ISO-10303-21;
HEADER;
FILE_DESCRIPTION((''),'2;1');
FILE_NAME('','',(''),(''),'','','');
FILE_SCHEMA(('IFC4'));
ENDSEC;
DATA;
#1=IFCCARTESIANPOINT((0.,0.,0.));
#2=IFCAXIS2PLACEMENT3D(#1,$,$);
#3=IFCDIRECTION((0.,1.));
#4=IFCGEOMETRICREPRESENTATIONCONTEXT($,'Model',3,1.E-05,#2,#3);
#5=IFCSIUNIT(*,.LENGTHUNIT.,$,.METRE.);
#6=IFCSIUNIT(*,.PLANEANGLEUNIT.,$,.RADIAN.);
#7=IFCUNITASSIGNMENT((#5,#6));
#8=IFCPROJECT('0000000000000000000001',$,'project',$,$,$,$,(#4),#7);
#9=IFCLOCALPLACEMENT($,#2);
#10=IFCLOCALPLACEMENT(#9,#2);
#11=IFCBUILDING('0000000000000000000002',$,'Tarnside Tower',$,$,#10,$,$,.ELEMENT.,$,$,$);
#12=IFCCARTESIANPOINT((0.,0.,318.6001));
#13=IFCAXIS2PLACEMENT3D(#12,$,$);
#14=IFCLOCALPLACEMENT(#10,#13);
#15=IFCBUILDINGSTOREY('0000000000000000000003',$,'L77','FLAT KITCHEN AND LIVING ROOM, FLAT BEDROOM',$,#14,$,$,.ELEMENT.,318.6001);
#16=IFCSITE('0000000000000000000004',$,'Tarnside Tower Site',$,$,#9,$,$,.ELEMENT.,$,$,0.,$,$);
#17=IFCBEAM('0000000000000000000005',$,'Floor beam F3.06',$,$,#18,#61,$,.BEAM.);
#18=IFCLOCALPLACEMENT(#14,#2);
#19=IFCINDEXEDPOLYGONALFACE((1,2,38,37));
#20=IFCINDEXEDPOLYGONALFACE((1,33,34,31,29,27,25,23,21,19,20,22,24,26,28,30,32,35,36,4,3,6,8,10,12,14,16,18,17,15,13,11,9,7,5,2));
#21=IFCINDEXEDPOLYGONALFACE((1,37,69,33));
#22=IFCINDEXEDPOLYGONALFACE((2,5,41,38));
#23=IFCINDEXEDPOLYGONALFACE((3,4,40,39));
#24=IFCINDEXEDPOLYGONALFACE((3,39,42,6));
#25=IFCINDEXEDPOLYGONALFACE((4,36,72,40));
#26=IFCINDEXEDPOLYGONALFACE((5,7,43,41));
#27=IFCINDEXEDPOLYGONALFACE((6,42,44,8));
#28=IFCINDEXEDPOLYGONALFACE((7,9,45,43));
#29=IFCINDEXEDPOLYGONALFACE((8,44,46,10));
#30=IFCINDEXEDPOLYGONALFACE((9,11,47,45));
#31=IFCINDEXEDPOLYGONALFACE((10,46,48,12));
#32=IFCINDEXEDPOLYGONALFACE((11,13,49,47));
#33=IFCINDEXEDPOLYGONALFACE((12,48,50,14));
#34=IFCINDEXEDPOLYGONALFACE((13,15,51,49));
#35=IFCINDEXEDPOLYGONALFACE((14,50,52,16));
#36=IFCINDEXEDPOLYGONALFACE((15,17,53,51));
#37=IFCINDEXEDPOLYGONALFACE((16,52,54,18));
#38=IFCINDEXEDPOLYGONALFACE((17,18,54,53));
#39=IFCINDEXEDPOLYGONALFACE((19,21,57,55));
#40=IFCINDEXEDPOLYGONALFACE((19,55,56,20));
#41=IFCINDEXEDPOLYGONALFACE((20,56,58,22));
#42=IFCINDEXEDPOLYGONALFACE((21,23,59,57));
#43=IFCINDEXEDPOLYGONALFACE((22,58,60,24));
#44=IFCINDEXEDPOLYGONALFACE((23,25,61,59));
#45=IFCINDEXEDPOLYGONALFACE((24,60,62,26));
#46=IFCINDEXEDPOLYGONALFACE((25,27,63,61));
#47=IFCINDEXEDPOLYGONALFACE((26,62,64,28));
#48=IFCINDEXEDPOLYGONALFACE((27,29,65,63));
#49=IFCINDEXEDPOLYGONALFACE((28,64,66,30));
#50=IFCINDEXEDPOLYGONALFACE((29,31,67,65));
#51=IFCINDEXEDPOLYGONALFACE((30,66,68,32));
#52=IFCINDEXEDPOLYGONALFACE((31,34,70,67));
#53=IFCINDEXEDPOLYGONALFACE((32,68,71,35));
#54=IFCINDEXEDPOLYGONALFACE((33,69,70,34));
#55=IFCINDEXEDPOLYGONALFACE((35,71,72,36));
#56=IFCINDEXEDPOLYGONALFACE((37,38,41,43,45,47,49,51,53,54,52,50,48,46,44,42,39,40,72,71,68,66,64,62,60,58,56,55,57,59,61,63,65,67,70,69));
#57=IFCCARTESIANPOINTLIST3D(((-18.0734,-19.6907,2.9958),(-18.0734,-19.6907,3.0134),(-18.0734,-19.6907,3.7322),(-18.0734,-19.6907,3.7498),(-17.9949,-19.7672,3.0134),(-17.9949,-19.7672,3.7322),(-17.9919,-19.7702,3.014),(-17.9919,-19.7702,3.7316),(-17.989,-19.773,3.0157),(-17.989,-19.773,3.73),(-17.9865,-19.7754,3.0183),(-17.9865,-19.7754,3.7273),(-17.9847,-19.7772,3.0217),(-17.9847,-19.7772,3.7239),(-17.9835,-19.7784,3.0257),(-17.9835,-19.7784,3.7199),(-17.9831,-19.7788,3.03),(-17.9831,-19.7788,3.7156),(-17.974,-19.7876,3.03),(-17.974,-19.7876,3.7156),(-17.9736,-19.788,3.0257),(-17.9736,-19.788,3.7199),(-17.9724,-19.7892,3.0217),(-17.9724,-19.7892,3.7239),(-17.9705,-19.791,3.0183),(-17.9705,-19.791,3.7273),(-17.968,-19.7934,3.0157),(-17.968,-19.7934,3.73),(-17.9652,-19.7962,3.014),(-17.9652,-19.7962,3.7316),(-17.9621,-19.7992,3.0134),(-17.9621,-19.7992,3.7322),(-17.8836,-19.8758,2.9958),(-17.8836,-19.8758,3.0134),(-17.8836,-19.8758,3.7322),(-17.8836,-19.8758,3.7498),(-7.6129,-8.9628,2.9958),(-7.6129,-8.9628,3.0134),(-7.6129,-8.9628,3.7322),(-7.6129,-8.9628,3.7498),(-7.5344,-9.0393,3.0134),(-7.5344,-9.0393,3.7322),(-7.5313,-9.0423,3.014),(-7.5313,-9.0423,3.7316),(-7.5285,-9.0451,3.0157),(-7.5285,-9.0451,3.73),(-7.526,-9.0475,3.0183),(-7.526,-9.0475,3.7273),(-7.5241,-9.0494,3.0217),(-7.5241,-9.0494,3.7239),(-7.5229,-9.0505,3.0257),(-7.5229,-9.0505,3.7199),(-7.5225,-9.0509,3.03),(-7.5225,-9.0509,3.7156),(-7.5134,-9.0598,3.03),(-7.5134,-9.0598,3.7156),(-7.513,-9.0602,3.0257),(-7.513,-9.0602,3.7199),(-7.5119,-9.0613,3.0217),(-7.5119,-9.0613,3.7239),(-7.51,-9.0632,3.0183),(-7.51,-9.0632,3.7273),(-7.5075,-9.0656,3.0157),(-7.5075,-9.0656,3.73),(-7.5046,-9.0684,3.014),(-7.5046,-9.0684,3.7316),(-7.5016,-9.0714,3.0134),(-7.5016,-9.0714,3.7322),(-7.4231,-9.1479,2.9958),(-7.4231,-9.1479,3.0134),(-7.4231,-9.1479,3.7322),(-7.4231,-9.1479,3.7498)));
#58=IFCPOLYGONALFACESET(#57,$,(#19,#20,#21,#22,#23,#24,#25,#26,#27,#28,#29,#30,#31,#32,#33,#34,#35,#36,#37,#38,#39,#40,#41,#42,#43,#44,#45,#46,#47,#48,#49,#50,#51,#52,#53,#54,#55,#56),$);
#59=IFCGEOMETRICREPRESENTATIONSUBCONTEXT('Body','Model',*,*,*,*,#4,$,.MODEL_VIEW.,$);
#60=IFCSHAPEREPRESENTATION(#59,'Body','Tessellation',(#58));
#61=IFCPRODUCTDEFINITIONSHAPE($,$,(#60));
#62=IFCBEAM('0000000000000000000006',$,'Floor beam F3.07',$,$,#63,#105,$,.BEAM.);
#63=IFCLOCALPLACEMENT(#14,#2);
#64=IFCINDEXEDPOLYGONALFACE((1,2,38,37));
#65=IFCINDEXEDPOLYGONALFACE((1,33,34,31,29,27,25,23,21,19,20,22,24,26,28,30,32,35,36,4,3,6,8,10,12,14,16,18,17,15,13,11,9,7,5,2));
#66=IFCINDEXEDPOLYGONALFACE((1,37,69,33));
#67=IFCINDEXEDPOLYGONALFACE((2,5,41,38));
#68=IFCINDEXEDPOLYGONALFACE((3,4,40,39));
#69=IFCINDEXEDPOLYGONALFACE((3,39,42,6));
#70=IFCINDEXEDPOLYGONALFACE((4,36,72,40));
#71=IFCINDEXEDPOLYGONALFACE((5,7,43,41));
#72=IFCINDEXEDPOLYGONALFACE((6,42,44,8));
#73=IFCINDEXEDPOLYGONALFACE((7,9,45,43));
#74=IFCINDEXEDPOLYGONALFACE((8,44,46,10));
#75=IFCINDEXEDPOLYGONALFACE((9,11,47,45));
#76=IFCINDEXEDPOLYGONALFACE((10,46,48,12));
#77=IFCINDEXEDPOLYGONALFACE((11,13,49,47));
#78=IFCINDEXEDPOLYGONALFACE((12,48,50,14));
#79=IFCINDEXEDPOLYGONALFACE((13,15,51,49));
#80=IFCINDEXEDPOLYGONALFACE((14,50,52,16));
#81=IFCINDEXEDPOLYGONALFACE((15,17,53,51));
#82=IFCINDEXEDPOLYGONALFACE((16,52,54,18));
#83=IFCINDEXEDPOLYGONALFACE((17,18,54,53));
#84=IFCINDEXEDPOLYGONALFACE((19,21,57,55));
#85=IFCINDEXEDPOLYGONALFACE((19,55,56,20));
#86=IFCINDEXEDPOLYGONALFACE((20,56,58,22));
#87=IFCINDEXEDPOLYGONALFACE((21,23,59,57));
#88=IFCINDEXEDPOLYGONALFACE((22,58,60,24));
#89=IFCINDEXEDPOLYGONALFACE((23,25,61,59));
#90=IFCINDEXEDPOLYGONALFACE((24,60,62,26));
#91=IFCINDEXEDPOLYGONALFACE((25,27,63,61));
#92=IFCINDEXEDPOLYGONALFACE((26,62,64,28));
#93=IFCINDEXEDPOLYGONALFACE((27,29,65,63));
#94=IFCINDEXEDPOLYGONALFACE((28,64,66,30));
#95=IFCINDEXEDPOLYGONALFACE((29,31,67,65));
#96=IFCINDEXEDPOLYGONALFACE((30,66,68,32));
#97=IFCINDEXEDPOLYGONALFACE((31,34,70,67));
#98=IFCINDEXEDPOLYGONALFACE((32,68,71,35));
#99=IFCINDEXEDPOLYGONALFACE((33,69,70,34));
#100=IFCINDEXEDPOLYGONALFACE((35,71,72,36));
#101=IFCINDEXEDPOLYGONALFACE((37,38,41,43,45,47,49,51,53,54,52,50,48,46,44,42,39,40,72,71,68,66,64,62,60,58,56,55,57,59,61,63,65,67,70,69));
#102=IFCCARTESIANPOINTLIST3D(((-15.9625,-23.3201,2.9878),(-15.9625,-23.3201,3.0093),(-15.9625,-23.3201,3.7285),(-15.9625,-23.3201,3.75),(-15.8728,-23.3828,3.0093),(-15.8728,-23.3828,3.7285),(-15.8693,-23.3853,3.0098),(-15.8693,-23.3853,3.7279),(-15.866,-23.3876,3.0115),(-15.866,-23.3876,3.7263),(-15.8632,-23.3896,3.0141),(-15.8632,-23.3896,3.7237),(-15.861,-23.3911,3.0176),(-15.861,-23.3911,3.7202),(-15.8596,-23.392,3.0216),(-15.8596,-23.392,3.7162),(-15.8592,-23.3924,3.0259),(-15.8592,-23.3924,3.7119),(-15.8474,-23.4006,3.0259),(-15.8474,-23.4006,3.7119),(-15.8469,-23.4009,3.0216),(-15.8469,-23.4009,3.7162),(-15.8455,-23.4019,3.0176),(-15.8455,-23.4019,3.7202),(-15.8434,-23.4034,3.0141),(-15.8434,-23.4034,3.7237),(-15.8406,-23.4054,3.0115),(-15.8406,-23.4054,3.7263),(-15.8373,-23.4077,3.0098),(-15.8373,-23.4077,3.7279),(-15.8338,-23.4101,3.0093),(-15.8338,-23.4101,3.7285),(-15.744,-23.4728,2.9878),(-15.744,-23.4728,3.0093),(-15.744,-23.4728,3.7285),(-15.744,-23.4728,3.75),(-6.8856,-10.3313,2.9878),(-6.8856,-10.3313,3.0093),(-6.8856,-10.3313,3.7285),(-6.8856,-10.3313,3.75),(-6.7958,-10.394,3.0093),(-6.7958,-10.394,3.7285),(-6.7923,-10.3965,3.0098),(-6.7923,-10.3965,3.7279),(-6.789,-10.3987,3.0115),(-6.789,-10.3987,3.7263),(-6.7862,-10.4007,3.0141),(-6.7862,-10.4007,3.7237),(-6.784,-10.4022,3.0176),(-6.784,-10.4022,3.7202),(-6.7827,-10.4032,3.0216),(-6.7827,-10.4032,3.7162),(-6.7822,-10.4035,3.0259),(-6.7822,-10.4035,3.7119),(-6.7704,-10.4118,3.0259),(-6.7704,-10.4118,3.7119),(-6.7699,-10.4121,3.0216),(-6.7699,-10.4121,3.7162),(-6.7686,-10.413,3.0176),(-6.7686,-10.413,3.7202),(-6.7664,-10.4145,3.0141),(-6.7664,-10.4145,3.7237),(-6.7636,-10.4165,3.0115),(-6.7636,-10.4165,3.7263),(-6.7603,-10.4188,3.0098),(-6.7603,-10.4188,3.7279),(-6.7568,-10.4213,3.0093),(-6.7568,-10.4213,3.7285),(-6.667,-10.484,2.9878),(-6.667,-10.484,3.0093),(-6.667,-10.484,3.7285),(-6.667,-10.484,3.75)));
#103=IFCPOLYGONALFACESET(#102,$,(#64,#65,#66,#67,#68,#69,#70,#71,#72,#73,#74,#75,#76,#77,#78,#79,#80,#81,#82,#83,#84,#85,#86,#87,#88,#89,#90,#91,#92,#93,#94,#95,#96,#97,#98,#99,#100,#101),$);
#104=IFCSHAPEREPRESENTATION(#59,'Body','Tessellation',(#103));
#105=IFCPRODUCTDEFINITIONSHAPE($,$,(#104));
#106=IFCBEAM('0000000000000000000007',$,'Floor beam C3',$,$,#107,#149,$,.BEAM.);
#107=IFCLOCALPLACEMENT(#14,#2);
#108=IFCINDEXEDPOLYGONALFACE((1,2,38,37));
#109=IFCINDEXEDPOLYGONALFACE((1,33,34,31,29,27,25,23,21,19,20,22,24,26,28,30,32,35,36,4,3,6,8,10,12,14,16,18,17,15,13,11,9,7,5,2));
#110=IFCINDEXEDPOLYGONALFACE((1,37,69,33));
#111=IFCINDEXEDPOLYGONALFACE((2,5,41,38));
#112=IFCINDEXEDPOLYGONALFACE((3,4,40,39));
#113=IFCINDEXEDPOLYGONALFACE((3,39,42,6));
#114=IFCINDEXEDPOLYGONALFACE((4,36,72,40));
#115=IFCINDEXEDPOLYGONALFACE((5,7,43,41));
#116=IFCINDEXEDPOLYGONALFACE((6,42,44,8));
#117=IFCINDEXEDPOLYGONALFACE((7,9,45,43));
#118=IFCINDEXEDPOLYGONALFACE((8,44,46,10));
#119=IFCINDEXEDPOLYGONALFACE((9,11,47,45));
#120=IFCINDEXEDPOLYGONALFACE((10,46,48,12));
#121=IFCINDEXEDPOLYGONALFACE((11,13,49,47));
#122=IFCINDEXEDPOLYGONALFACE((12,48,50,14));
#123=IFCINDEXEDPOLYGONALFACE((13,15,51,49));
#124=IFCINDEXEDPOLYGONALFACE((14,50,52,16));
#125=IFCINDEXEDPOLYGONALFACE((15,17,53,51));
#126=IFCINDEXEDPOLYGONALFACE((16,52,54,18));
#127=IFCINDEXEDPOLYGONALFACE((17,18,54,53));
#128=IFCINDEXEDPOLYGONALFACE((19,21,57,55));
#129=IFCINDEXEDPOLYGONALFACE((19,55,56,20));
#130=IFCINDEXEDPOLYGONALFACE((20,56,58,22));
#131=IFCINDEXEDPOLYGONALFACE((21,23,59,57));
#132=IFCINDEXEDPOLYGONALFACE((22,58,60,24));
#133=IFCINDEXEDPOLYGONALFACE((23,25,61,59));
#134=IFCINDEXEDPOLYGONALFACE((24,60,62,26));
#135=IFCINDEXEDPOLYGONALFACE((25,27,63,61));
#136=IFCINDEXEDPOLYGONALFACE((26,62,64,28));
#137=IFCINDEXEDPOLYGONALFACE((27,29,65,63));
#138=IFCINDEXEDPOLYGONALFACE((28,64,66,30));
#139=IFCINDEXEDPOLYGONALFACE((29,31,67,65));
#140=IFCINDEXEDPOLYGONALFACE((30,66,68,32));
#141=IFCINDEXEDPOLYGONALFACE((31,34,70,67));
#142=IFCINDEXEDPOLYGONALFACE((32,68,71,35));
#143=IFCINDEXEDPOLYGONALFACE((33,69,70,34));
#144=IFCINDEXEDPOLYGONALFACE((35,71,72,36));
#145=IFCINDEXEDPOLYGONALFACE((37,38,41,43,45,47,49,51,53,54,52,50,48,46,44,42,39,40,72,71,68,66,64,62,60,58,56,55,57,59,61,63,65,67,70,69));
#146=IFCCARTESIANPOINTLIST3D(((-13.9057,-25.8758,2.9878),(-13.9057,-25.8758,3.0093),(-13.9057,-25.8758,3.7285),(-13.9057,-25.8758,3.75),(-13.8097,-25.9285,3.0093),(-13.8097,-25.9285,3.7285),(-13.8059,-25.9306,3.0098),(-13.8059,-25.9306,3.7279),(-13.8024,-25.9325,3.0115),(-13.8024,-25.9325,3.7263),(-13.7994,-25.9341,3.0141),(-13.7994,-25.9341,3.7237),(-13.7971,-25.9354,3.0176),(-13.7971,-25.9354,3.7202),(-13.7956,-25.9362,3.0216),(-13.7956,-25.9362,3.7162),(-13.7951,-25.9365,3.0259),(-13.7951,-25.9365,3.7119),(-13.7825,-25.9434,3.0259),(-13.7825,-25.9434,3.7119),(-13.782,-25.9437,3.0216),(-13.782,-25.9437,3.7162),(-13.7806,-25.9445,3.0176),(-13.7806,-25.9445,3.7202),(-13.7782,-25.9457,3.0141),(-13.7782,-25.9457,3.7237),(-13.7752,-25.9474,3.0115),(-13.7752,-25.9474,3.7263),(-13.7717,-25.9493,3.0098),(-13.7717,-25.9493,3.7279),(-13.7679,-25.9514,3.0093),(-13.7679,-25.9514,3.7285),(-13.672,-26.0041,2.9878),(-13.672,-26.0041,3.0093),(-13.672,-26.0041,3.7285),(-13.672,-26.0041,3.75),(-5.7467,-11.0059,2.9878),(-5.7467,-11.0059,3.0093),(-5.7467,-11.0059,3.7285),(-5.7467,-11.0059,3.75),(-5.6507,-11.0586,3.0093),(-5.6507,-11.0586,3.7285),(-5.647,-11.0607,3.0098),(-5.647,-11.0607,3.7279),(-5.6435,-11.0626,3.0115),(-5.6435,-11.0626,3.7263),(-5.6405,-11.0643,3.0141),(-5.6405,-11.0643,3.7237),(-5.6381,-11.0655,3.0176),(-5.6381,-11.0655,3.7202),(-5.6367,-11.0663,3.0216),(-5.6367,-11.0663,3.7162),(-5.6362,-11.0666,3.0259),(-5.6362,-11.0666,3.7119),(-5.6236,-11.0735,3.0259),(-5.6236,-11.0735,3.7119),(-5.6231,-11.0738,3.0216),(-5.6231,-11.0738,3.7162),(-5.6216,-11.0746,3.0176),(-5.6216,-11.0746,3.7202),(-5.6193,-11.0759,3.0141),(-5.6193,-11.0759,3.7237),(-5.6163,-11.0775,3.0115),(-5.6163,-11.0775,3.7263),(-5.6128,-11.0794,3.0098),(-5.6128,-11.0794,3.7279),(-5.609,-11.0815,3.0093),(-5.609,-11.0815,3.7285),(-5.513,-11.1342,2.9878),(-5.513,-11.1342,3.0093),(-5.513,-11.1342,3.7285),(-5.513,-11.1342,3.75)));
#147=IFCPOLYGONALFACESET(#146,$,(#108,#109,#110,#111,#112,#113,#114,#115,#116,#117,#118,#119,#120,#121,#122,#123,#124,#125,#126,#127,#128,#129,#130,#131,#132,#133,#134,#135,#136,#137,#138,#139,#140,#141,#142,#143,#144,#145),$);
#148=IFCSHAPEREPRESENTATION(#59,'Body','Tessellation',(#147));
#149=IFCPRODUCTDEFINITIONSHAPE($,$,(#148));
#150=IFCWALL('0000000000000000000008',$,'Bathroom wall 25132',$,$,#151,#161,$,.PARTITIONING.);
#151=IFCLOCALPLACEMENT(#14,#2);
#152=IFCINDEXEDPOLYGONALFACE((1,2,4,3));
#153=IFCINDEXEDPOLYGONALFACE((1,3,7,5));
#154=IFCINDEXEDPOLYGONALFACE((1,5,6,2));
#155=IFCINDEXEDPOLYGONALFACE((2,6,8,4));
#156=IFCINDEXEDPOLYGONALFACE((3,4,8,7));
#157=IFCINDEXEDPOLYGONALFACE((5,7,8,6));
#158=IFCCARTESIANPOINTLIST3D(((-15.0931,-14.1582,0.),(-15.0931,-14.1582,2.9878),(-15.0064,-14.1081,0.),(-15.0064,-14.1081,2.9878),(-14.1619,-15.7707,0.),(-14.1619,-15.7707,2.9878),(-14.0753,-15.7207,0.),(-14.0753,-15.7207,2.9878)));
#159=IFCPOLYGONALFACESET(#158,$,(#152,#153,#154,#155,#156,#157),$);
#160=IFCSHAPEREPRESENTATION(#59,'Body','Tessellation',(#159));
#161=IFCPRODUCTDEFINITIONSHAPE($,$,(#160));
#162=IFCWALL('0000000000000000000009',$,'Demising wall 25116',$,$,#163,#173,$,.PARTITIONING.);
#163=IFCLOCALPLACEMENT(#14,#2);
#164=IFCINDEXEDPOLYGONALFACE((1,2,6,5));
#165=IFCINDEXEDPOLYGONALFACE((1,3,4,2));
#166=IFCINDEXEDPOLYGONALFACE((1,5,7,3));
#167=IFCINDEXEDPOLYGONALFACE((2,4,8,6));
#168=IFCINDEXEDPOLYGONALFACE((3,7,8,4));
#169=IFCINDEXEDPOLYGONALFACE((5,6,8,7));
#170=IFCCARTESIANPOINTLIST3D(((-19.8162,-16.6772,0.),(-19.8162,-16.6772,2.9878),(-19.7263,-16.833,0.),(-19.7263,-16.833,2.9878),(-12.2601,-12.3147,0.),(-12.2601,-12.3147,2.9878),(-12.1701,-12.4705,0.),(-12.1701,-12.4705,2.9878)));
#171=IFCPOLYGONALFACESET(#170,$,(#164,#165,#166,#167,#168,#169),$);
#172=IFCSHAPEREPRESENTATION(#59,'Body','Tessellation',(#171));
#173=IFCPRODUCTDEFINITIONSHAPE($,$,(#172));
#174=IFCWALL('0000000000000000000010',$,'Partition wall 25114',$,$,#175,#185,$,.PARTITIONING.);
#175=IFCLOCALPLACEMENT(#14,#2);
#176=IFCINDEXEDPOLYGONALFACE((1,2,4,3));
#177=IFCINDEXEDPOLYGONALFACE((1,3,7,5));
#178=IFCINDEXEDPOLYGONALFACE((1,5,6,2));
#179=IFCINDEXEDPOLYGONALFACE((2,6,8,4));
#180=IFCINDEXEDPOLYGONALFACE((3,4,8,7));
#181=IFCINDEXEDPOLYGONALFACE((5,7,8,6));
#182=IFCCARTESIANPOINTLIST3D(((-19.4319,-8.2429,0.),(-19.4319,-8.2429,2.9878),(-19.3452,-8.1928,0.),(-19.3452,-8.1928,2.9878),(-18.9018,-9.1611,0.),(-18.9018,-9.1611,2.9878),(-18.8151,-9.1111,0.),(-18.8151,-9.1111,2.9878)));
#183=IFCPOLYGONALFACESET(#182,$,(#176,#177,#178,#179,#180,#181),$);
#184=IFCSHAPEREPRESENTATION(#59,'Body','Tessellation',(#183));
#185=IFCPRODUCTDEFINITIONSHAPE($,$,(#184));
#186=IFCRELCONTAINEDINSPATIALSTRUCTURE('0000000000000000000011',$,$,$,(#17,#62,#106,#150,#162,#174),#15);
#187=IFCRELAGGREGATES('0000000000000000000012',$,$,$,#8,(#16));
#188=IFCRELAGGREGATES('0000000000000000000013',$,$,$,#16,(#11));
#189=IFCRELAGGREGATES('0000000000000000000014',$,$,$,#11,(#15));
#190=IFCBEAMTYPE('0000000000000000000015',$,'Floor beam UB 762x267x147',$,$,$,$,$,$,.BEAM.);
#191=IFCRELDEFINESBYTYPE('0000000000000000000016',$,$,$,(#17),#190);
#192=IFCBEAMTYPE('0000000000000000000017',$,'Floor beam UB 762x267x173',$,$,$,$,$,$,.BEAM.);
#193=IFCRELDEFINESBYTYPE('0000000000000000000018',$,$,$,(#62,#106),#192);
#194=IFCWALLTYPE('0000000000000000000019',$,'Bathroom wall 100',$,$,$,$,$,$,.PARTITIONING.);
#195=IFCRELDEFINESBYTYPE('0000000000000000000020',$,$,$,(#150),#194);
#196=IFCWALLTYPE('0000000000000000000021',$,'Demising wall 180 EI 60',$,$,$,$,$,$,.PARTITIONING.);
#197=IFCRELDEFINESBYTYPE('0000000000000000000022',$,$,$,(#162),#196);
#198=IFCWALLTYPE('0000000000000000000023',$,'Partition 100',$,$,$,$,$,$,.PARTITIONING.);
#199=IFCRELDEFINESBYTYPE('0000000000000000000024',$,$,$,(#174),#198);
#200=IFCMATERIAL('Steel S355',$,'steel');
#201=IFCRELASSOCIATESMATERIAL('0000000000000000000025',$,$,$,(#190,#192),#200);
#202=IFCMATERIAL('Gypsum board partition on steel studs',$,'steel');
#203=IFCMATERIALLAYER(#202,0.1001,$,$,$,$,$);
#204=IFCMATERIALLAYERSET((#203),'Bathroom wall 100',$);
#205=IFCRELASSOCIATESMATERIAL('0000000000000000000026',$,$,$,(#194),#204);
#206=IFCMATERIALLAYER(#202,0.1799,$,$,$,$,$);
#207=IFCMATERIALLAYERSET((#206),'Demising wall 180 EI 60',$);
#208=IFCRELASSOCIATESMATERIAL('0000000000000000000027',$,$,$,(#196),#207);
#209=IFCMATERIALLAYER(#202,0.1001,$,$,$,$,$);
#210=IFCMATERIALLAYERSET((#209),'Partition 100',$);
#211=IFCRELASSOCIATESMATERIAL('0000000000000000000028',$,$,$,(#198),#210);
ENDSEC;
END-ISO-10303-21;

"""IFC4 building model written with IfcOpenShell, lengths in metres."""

from ifc_helpers import new_model, si_unit, direction, frame, frame_2d, origin, origin_2d, place, context, subcontext, project, spatial, rectangle, i_section, extrude, material, layer, layer_set, material_profile, profile_set, type_object, element, save


model = new_model("IFC4")

# Units and contexts
model_context = context("Model", 3, precision=1e-05, world=origin(), true_north=direction((0.0, 1.0)))
body_context = subcontext(model_context, "Body", "Model", "MODEL_VIEW")
ifc_project = project(units=[si_unit("LENGTHUNIT", "METRE"), si_unit("PLANEANGLEUNIT", "RADIAN")], contexts=[model_context])

# Site, building, storey
site_placement = place(None, origin())
site = spatial("IfcSite", under=ifc_project, at=site_placement, Name="Tarnside Tower Site", CompositionType="ELEMENT", RefElevation=0.0)
building_placement = place(site_placement, origin())
building = spatial("IfcBuilding", under=site, at=building_placement, Name="Tarnside Tower", CompositionType="ELEMENT")
storey_placement = place(building_placement, frame((0.0, 0.0, 318.6001)))
storey = spatial("IfcBuildingStorey", under=building, at=storey_placement, Name="L77", Description="FLAT KITCHEN AND LIVING ROOM, FLAT BEDROOM", CompositionType="ELEMENT", Elevation=318.6001)

# Beams
ifc_material_1 = material(Name="Steel S355", Category="steel")
ifc_material_profile_1 = material_profile(ifc_material_1, i_section(OverallWidth=0.2651, OverallDepth=0.7539, WebThickness=0.0127, FlangeThickness=0.0176, FilletRadius=0.0166, at=origin_2d()), Name="UB 762x267x147")
ifc_profile_set_1 = profile_set([ifc_material_profile_1], Name="Steel S355")
beam_type_1 = type_object("IfcBeamType", Name="Floor beam UB 762x267x147", PredefinedType="BEAM", material=ifc_profile_set_1)
beam_1_placement = place(storey_placement, frame((-17.9785, -19.7832, 3.3728), z_axis=(0.69813, 0.715971, 0.0), x_axis=(-0.715971, 0.69813, 0.0)))
element("IfcBeam", 1, at=beam_1_placement, inside=storey, type_object=beam_type_1, Name="Floor beam F3.06", PredefinedType="BEAM", context=body_context, shape_type="SweptSolid", body=[
    extrude(i_section(OverallWidth=0.2651, OverallDepth=0.7539, WebThickness=0.0127, FlangeThickness=0.0176, FilletRadius=0.0166, at=origin_2d()), origin(), (0.0, 0.0, 1.0), 14.9836),
])
ifc_material_profile_2 = material_profile(ifc_material_1, i_section(OverallWidth=0.2666, OverallDepth=0.7622, WebThickness=0.0144, FlangeThickness=0.0215, FilletRadius=0.0166, at=origin_2d()), Name="UB 762x267x173")
ifc_profile_set_2 = profile_set([ifc_material_profile_2], Name="Steel S355")
beam_type_2 = type_object("IfcBeamType", Name="Floor beam UB 762x267x173", PredefinedType="BEAM", material=ifc_profile_set_2)
beam_2_placement = place(storey_placement, frame((-15.8533, -23.3965, 3.3689), z_axis=(0.572817, 0.819683, 0.0), x_axis=(-0.819683, 0.572817, 0.0)))
element("IfcBeam", 2, at=beam_2_placement, inside=storey, type_object=beam_type_2, Name="Floor beam F3.07", PredefinedType="BEAM", context=body_context, shape_type="SweptSolid", body=[
    extrude(i_section(OverallWidth=0.2666, OverallDepth=0.7622, WebThickness=0.0144, FlangeThickness=0.0215, FilletRadius=0.0166, at=origin_2d()), origin(), (0.0, 0.0, 1.0), 15.8462),
])
beam_3_placement = place(storey_placement, frame((-13.7888, -25.9399, 3.3689), z_axis=(0.481036, 0.876701, 0.0), x_axis=(-0.876701, 0.481036, 0.0)))
element("IfcBeam", 3, at=beam_3_placement, inside=storey, type_object=beam_type_2, Name="Floor beam C3", PredefinedType="BEAM", context=body_context, shape_type="SweptSolid", body=[
    extrude(i_section(OverallWidth=0.2666, OverallDepth=0.7622, WebThickness=0.0144, FlangeThickness=0.0215, FilletRadius=0.0166, at=origin_2d()), origin(), (0.0, 0.0, 1.0), 16.9612),
])

# Walls
ifc_material_2 = material(Name="Gypsum board partition on steel studs", Category="steel")
ifc_layer_1 = layer(ifc_material_2, 0.1001)
ifc_layer_set_1 = layer_set([ifc_layer_1], Name="Bathroom wall 100")
wall_type_1 = type_object("IfcWallType", Name="Bathroom wall 100", PredefinedType="PARTITIONING", material=ifc_layer_set_1)
wall_1_placement = place(storey_placement, frame((-15.0498, -14.1331, 0.0), z_axis=(0.0, 0.0, 1.0), x_axis=(0.500059, -0.865991, 0.0)))
element("IfcWall", 4, at=wall_1_placement, inside=storey, type_object=wall_type_1, Name="Bathroom wall 25132", PredefinedType="PARTITIONING", context=body_context, shape_type="SweptSolid", body=[
    extrude(rectangle(XDim=1.8621, YDim=0.1001, at=frame_2d((0.9312, 0.0))), origin(), (0.0, 0.0, 1.0), 2.9878),
])
ifc_layer_2 = layer(ifc_material_2, 0.1799)
ifc_layer_set_2 = layer_set([ifc_layer_2], Name="Demising wall 180 EI 60")
wall_type_2 = type_object("IfcWallType", Name="Demising wall 180 EI 60", PredefinedType="PARTITIONING", material=ifc_layer_set_2)
wall_2_placement = place(storey_placement, frame((-19.7712, -16.7551, 0.0), z_axis=(0.0, 0.0, 1.0), x_axis=(0.866025, 0.5, 0.0)))
element("IfcWall", 5, at=wall_2_placement, inside=storey, type_object=wall_type_2, Name="Demising wall 25116", PredefinedType="PARTITIONING", context=body_context, shape_type="SweptSolid", body=[
    extrude(rectangle(XDim=8.7251, YDim=0.1799, at=frame_2d((4.3625, 0.0))), origin(), (0.0, 0.0, 1.0), 2.9878),
])
ifc_layer_3 = layer(ifc_material_2, 0.1001)
ifc_layer_set_3 = layer_set([ifc_layer_3], Name="Partition 100")
wall_type_3 = type_object("IfcWallType", Name="Partition 100", PredefinedType="PARTITIONING", material=ifc_layer_set_3)
wall_3_placement = place(storey_placement, frame((-18.8584, -9.1362, 0.0), z_axis=(0.0, 0.0, 1.0), x_axis=(-0.499928, 0.866067, 0.0)))
element("IfcWall", 6, at=wall_3_placement, inside=storey, type_object=wall_type_3, Name="Partition wall 25114", PredefinedType="PARTITIONING", context=body_context, shape_type="SweptSolid", body=[
    extrude(rectangle(XDim=1.0603, YDim=0.1001, at=frame_2d((0.5303, 0.0))), origin(), (0.0, 0.0, 1.0), 2.9878),
])

save(model, "model.ifc")
